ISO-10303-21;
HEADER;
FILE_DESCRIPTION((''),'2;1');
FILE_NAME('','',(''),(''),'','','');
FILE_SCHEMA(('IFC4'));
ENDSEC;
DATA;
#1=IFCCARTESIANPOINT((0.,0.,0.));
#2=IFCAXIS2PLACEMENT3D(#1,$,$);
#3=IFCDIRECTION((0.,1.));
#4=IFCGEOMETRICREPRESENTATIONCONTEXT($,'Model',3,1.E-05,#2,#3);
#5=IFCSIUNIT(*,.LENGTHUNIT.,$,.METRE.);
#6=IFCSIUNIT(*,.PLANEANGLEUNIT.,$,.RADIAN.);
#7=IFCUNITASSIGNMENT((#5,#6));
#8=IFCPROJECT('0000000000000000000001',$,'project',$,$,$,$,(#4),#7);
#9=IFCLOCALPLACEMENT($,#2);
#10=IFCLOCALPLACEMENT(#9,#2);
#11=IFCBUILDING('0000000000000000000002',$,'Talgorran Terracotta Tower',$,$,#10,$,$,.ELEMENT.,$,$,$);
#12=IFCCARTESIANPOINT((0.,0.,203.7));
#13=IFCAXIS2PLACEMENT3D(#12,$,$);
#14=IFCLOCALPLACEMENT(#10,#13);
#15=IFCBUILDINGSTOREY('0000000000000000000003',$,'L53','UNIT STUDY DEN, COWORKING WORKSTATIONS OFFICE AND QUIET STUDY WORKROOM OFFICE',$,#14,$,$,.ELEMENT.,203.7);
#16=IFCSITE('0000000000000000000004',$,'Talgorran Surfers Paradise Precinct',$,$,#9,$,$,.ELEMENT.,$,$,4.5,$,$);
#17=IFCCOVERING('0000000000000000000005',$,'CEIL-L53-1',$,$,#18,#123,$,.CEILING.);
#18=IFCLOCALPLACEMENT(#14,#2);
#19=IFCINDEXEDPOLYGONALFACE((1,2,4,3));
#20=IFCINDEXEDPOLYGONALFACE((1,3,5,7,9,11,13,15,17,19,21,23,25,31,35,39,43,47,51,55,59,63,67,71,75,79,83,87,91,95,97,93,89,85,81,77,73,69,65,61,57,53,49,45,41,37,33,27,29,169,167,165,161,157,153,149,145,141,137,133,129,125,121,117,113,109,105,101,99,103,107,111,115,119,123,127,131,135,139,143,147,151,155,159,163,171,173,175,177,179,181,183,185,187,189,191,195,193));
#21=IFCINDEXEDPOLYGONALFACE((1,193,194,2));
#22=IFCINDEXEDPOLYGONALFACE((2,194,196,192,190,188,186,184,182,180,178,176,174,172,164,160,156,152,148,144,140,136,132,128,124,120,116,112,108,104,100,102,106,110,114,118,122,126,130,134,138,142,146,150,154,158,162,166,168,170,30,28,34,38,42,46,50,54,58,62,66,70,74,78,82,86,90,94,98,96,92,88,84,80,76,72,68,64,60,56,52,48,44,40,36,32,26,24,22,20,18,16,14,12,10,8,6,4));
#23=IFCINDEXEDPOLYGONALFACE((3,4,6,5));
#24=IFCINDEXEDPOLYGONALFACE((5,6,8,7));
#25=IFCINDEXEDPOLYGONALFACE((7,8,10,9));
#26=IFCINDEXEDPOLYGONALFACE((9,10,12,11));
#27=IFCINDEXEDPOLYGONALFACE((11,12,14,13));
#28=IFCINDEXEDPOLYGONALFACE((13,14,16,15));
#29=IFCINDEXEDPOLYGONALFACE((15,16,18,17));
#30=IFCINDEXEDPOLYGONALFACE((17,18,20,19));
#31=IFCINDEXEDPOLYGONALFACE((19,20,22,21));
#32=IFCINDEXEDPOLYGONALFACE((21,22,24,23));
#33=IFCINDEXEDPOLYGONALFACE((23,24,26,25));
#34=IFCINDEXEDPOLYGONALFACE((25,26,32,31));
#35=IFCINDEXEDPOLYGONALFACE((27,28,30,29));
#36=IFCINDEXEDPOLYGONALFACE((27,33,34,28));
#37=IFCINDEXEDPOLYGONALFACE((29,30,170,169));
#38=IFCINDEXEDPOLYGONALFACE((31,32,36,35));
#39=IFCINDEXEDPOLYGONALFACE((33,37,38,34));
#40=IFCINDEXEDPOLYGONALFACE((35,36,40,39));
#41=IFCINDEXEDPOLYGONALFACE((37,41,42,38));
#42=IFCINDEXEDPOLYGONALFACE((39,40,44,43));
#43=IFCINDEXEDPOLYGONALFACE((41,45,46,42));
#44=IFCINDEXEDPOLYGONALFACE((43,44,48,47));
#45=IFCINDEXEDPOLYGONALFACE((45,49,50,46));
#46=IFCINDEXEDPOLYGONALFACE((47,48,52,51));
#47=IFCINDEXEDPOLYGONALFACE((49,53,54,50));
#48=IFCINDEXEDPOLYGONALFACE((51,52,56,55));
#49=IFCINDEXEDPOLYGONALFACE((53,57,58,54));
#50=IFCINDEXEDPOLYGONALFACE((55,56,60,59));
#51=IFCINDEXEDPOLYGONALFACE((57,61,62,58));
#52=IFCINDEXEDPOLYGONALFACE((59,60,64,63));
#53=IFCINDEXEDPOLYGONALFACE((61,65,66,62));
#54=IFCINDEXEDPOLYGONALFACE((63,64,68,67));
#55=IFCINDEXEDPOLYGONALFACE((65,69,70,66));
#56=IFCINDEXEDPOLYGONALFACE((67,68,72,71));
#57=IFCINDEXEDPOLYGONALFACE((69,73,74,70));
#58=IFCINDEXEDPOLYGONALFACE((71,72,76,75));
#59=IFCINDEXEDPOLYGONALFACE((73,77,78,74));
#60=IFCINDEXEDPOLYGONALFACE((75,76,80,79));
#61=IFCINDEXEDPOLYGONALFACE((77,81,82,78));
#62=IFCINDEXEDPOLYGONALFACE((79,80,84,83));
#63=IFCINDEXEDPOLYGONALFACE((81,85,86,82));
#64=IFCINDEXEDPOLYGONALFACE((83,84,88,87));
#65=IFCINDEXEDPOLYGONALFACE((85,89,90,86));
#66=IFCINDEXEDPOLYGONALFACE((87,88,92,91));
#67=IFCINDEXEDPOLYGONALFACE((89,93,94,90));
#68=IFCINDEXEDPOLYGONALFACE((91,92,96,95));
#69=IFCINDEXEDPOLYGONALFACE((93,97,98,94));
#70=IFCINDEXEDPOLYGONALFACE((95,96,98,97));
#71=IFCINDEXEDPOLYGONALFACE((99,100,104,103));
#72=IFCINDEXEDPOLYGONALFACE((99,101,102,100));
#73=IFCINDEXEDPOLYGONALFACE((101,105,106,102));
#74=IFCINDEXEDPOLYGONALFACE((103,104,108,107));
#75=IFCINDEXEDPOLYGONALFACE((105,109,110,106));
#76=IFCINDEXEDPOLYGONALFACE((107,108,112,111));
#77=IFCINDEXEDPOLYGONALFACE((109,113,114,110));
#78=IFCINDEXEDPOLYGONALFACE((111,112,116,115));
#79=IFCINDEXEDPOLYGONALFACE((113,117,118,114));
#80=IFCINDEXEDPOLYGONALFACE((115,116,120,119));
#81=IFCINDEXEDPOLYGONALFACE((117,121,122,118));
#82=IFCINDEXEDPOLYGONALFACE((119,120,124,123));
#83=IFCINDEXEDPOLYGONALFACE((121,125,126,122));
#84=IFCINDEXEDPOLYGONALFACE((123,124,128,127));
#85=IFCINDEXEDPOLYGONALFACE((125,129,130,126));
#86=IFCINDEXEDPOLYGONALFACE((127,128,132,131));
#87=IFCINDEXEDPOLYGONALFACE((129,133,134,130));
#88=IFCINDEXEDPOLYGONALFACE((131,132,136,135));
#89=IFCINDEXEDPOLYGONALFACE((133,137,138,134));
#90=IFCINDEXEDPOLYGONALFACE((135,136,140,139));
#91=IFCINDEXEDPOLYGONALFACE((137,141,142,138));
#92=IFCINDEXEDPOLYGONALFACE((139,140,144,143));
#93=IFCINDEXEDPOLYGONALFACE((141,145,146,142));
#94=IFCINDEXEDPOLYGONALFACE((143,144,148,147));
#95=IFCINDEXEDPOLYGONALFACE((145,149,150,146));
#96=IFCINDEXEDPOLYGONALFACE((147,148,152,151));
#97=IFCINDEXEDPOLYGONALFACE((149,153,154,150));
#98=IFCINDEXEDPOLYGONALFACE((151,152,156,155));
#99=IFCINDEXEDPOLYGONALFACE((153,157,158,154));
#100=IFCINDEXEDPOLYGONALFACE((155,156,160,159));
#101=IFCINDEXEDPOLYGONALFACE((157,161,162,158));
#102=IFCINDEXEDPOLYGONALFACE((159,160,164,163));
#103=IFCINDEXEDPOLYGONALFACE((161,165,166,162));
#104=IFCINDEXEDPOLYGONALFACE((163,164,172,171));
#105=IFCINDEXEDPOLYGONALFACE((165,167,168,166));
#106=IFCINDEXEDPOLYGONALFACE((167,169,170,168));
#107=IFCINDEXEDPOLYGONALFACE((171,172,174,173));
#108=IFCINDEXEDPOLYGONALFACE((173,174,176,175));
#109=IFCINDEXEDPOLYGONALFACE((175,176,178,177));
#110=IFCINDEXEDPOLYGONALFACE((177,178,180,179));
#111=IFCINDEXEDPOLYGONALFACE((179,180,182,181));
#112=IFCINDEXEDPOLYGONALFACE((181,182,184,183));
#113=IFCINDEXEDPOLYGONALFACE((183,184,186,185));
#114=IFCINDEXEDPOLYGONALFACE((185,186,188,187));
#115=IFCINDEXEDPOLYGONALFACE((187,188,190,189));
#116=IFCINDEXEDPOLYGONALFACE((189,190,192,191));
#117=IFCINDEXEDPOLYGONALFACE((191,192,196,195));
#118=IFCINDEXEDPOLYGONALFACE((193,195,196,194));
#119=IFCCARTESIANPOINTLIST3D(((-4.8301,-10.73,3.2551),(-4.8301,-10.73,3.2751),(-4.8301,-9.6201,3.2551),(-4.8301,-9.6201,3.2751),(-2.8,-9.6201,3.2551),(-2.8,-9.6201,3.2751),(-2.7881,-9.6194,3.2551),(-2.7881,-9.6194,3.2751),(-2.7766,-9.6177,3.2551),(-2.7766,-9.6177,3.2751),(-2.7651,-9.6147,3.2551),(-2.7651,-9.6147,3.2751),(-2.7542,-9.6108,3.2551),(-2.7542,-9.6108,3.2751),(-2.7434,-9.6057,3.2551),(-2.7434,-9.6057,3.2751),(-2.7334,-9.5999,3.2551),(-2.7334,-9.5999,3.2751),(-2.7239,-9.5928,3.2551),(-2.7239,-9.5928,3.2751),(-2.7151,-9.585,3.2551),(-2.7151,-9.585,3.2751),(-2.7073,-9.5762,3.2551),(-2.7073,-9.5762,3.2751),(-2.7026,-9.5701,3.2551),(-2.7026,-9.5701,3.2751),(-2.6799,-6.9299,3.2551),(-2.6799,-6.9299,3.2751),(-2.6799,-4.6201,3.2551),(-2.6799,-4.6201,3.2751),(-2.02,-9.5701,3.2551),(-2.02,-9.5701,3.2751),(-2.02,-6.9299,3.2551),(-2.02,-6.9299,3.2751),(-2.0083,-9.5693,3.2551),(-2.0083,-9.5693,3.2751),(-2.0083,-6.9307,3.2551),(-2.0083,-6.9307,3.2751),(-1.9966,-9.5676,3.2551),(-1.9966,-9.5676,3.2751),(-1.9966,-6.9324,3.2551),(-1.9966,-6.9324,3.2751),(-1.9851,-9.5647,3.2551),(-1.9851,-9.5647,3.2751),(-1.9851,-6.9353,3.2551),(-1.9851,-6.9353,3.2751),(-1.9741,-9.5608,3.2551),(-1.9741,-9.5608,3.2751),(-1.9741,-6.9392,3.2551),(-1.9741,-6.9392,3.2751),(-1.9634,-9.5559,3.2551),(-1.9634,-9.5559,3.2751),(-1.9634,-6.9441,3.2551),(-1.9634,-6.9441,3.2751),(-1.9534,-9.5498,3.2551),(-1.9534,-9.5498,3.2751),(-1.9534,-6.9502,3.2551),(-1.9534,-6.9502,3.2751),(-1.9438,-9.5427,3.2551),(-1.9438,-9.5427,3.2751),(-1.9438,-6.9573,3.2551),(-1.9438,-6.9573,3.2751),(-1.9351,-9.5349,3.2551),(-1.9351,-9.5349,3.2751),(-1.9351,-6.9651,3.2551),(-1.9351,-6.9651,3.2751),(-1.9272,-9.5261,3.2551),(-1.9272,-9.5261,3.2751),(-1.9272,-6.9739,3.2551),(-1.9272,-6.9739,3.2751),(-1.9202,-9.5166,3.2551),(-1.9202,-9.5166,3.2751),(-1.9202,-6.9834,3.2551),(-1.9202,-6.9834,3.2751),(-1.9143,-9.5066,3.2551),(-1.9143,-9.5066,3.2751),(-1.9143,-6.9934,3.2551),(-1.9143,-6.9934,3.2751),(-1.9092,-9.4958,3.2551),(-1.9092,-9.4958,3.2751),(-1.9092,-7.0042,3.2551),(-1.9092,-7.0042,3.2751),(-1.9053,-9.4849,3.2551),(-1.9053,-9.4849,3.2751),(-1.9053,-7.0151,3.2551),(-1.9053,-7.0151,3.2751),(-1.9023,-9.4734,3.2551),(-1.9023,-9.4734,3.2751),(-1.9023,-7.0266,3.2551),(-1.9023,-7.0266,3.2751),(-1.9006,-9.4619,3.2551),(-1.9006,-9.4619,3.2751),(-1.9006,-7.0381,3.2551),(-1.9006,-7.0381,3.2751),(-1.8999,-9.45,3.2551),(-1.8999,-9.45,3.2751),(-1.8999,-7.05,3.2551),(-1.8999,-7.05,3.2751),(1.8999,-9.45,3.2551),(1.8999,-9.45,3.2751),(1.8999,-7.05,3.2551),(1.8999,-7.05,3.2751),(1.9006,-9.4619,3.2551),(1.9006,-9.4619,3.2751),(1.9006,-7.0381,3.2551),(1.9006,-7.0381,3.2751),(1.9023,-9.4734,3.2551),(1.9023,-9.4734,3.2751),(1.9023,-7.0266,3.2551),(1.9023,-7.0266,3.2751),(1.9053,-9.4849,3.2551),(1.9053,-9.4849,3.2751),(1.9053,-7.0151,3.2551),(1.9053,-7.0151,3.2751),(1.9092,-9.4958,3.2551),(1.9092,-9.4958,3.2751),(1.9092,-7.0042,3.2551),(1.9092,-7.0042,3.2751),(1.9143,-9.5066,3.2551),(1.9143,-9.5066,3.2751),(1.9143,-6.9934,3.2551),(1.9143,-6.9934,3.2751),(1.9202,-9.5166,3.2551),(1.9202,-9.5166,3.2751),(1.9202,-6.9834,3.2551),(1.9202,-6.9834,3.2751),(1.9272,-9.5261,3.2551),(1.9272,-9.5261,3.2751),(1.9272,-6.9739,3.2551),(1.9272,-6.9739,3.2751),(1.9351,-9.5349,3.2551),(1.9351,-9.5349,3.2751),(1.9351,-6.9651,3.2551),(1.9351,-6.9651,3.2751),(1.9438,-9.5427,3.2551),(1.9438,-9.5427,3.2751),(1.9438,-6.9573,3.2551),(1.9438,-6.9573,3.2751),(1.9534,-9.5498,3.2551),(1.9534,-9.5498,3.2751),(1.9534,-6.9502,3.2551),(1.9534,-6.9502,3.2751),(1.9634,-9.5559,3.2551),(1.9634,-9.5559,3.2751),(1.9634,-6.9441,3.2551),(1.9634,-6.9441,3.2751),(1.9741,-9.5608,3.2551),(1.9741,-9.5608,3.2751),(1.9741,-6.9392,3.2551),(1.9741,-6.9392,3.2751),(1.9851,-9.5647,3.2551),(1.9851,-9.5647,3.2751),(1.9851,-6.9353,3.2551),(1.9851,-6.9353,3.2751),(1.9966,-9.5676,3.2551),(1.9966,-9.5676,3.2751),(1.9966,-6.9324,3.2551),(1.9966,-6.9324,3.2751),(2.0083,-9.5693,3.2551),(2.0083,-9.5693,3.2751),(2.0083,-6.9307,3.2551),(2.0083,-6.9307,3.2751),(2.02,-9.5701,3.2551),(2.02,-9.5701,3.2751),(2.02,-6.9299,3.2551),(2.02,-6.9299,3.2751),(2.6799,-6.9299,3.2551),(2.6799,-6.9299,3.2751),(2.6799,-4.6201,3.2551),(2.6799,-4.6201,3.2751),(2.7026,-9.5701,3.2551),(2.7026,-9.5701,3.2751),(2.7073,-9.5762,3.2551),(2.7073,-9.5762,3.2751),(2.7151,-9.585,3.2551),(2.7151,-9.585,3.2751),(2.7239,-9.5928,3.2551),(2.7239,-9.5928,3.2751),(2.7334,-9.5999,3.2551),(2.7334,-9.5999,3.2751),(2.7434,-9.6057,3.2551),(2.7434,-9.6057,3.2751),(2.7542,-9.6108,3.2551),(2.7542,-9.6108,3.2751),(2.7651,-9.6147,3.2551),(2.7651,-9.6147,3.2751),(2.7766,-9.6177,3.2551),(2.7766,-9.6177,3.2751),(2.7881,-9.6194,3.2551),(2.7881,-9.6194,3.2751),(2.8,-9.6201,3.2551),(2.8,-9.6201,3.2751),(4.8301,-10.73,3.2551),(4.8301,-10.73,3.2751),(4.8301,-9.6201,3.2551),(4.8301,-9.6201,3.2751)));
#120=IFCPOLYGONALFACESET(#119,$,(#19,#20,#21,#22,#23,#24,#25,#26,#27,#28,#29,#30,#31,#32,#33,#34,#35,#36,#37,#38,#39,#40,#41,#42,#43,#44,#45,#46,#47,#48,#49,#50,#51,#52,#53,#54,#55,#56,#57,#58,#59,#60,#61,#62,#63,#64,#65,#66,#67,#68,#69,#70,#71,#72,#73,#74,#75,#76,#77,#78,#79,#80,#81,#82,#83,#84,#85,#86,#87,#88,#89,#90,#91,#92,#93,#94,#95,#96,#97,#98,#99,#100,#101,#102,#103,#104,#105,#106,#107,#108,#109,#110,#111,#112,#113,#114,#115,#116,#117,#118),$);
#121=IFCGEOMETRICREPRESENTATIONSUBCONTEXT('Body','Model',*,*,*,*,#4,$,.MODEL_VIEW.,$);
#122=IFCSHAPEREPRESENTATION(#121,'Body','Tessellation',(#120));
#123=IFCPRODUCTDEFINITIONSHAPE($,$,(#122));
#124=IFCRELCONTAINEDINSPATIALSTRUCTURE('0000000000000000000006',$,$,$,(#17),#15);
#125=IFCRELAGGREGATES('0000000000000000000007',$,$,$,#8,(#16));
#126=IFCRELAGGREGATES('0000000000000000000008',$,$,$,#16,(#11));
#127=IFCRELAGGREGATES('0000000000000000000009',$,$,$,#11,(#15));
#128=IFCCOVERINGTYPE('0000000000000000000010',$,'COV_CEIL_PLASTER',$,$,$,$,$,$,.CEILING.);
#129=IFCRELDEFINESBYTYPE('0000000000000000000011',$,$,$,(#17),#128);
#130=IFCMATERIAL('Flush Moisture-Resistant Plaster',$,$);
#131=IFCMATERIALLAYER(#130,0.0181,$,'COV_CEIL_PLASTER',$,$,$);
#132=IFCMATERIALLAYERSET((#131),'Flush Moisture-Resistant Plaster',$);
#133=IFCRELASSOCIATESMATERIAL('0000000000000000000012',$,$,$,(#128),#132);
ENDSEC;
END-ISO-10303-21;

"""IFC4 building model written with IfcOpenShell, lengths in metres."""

from ifc_helpers import new_model, si_unit, direction, frame, origin, place, context, subcontext, project, spatial, polyline, outline, extrude, material, layer, layer_set, type_object, element, save


model = new_model("IFC4")

# Units and contexts
model_context = context("Model", 3, precision=1e-05, world=origin(), true_north=direction((0.0, 1.0)))
body_context = subcontext(model_context, "Body", "Model", "MODEL_VIEW")
ifc_project = project(units=[si_unit("LENGTHUNIT", "METRE"), si_unit("PLANEANGLEUNIT", "RADIAN")], contexts=[model_context])

# Site, building, storey
site_placement = place(None, origin())
site = spatial("IfcSite", under=ifc_project, at=site_placement, Name="Talgorran Surfers Paradise Precinct", CompositionType="ELEMENT", RefElevation=4.5)
building_placement = place(site_placement, origin())
building = spatial("IfcBuilding", under=site, at=building_placement, Name="Talgorran Terracotta Tower", CompositionType="ELEMENT")
storey_placement = place(building_placement, frame((0.0, 0.0, 203.7)))
storey = spatial("IfcBuildingStorey", under=building, at=storey_placement, Name="L53", Description="UNIT STUDY DEN, COWORKING WORKSTATIONS OFFICE AND QUIET STUDY WORKROOM OFFICE", CompositionType="ELEMENT", Elevation=203.7)

# Covering
ifc_material_1 = material(Name="Flush Moisture-Resistant Plaster")
ifc_layer_1 = layer(ifc_material_1, 0.0181, Name="COV_CEIL_PLASTER")
ifc_layer_set_1 = layer_set([ifc_layer_1], Name="Flush Moisture-Resistant Plaster")
covering_type_1 = type_object("IfcCoveringType", Name="COV_CEIL_PLASTER", PredefinedType="CEILING", material=ifc_layer_set_1)
covering_1_placement = place(storey_placement, frame((0.0, 0.0, 3.2551)))
element("IfcCovering", 1, at=covering_1_placement, inside=storey, type_object=covering_type_1, Name="CEIL-L53-1", PredefinedType="CEILING", context=body_context, shape_type="SweptSolid", body=[
    extrude(outline(polyline([(-2.7026, -9.5701), (-2.02, -9.5701), (-2.0083, -9.5693), (-1.9966, -9.5676), (-1.9851, -9.5647), (-1.9741, -9.5608), (-1.9634, -9.5559), (-1.9534, -9.5498), (-1.9438, -9.5427), (-1.9351, -9.5349), (-1.9272, -9.5261), (-1.9202, -9.5166), (-1.9143, -9.5066), (-1.9092, -9.4958), (-1.9053, -9.4849), (-1.9023, -9.4734), (-1.9006, -9.4619), (-1.8999, -9.45), (-1.8999, -7.05), (-1.9006, -7.0381), (-1.9023, -7.0266), (-1.9053, -7.0151), (-1.9092, -7.0042), (-1.9143, -6.9934), (-1.9202, -6.9834), (-1.9272, -6.9739), (-1.9351, -6.9651), (-1.9438, -6.9573), (-1.9534, -6.9502), (-1.9634, -6.9441), (-1.9741, -6.9392), (-1.9851, -6.9353), (-1.9966, -6.9324), (-2.0083, -6.9307), (-2.02, -6.9299), (-2.6799, -6.9299), (-2.6799, -4.6201), (2.6799, -4.6201), (2.6799, -6.9299), (2.02, -6.9299), (2.0083, -6.9307), (1.9966, -6.9324), (1.9851, -6.9353), (1.9741, -6.9392), (1.9634, -6.9441), (1.9534, -6.9502), (1.9438, -6.9573), (1.9351, -6.9651), (1.9272, -6.9739), (1.9202, -6.9834), (1.9143, -6.9934), (1.9092, -7.0042), (1.9053, -7.0151), (1.9023, -7.0266), (1.9006, -7.0381), (1.8999, -7.05), (1.8999, -9.45), (1.9006, -9.4619), (1.9023, -9.4734), (1.9053, -9.4849), (1.9092, -9.4958), (1.9143, -9.5066), (1.9202, -9.5166), (1.9272, -9.5261), (1.9351, -9.5349), (1.9438, -9.5427), (1.9534, -9.5498), (1.9634, -9.5559), (1.9741, -9.5608), (1.9851, -9.5647), (1.9966, -9.5676), (2.0083, -9.5693), (2.02, -9.5701), (2.7026, -9.5701), (2.7073, -9.5762), (2.7151, -9.585), (2.7239, -9.5928), (2.7334, -9.5999), (2.7434, -9.6057), (2.7542, -9.6108), (2.7651, -9.6147), (2.7766, -9.6177), (2.7881, -9.6194), (2.8, -9.6201), (4.8301, -9.6201), (4.8301, -10.73), (-4.8301, -10.73), (-4.8301, -9.6201), (-2.8, -9.6201), (-2.7881, -9.6194), (-2.7766, -9.6177), (-2.7651, -9.6147), (-2.7542, -9.6108), (-2.7434, -9.6057), (-2.7334, -9.5999), (-2.7239, -9.5928), (-2.7151, -9.585), (-2.7073, -9.5762), (-2.7026, -9.5701)])), origin(), (0.0, 0.0, 1.0), 0.02),
])

save(model, "model.ifc")
